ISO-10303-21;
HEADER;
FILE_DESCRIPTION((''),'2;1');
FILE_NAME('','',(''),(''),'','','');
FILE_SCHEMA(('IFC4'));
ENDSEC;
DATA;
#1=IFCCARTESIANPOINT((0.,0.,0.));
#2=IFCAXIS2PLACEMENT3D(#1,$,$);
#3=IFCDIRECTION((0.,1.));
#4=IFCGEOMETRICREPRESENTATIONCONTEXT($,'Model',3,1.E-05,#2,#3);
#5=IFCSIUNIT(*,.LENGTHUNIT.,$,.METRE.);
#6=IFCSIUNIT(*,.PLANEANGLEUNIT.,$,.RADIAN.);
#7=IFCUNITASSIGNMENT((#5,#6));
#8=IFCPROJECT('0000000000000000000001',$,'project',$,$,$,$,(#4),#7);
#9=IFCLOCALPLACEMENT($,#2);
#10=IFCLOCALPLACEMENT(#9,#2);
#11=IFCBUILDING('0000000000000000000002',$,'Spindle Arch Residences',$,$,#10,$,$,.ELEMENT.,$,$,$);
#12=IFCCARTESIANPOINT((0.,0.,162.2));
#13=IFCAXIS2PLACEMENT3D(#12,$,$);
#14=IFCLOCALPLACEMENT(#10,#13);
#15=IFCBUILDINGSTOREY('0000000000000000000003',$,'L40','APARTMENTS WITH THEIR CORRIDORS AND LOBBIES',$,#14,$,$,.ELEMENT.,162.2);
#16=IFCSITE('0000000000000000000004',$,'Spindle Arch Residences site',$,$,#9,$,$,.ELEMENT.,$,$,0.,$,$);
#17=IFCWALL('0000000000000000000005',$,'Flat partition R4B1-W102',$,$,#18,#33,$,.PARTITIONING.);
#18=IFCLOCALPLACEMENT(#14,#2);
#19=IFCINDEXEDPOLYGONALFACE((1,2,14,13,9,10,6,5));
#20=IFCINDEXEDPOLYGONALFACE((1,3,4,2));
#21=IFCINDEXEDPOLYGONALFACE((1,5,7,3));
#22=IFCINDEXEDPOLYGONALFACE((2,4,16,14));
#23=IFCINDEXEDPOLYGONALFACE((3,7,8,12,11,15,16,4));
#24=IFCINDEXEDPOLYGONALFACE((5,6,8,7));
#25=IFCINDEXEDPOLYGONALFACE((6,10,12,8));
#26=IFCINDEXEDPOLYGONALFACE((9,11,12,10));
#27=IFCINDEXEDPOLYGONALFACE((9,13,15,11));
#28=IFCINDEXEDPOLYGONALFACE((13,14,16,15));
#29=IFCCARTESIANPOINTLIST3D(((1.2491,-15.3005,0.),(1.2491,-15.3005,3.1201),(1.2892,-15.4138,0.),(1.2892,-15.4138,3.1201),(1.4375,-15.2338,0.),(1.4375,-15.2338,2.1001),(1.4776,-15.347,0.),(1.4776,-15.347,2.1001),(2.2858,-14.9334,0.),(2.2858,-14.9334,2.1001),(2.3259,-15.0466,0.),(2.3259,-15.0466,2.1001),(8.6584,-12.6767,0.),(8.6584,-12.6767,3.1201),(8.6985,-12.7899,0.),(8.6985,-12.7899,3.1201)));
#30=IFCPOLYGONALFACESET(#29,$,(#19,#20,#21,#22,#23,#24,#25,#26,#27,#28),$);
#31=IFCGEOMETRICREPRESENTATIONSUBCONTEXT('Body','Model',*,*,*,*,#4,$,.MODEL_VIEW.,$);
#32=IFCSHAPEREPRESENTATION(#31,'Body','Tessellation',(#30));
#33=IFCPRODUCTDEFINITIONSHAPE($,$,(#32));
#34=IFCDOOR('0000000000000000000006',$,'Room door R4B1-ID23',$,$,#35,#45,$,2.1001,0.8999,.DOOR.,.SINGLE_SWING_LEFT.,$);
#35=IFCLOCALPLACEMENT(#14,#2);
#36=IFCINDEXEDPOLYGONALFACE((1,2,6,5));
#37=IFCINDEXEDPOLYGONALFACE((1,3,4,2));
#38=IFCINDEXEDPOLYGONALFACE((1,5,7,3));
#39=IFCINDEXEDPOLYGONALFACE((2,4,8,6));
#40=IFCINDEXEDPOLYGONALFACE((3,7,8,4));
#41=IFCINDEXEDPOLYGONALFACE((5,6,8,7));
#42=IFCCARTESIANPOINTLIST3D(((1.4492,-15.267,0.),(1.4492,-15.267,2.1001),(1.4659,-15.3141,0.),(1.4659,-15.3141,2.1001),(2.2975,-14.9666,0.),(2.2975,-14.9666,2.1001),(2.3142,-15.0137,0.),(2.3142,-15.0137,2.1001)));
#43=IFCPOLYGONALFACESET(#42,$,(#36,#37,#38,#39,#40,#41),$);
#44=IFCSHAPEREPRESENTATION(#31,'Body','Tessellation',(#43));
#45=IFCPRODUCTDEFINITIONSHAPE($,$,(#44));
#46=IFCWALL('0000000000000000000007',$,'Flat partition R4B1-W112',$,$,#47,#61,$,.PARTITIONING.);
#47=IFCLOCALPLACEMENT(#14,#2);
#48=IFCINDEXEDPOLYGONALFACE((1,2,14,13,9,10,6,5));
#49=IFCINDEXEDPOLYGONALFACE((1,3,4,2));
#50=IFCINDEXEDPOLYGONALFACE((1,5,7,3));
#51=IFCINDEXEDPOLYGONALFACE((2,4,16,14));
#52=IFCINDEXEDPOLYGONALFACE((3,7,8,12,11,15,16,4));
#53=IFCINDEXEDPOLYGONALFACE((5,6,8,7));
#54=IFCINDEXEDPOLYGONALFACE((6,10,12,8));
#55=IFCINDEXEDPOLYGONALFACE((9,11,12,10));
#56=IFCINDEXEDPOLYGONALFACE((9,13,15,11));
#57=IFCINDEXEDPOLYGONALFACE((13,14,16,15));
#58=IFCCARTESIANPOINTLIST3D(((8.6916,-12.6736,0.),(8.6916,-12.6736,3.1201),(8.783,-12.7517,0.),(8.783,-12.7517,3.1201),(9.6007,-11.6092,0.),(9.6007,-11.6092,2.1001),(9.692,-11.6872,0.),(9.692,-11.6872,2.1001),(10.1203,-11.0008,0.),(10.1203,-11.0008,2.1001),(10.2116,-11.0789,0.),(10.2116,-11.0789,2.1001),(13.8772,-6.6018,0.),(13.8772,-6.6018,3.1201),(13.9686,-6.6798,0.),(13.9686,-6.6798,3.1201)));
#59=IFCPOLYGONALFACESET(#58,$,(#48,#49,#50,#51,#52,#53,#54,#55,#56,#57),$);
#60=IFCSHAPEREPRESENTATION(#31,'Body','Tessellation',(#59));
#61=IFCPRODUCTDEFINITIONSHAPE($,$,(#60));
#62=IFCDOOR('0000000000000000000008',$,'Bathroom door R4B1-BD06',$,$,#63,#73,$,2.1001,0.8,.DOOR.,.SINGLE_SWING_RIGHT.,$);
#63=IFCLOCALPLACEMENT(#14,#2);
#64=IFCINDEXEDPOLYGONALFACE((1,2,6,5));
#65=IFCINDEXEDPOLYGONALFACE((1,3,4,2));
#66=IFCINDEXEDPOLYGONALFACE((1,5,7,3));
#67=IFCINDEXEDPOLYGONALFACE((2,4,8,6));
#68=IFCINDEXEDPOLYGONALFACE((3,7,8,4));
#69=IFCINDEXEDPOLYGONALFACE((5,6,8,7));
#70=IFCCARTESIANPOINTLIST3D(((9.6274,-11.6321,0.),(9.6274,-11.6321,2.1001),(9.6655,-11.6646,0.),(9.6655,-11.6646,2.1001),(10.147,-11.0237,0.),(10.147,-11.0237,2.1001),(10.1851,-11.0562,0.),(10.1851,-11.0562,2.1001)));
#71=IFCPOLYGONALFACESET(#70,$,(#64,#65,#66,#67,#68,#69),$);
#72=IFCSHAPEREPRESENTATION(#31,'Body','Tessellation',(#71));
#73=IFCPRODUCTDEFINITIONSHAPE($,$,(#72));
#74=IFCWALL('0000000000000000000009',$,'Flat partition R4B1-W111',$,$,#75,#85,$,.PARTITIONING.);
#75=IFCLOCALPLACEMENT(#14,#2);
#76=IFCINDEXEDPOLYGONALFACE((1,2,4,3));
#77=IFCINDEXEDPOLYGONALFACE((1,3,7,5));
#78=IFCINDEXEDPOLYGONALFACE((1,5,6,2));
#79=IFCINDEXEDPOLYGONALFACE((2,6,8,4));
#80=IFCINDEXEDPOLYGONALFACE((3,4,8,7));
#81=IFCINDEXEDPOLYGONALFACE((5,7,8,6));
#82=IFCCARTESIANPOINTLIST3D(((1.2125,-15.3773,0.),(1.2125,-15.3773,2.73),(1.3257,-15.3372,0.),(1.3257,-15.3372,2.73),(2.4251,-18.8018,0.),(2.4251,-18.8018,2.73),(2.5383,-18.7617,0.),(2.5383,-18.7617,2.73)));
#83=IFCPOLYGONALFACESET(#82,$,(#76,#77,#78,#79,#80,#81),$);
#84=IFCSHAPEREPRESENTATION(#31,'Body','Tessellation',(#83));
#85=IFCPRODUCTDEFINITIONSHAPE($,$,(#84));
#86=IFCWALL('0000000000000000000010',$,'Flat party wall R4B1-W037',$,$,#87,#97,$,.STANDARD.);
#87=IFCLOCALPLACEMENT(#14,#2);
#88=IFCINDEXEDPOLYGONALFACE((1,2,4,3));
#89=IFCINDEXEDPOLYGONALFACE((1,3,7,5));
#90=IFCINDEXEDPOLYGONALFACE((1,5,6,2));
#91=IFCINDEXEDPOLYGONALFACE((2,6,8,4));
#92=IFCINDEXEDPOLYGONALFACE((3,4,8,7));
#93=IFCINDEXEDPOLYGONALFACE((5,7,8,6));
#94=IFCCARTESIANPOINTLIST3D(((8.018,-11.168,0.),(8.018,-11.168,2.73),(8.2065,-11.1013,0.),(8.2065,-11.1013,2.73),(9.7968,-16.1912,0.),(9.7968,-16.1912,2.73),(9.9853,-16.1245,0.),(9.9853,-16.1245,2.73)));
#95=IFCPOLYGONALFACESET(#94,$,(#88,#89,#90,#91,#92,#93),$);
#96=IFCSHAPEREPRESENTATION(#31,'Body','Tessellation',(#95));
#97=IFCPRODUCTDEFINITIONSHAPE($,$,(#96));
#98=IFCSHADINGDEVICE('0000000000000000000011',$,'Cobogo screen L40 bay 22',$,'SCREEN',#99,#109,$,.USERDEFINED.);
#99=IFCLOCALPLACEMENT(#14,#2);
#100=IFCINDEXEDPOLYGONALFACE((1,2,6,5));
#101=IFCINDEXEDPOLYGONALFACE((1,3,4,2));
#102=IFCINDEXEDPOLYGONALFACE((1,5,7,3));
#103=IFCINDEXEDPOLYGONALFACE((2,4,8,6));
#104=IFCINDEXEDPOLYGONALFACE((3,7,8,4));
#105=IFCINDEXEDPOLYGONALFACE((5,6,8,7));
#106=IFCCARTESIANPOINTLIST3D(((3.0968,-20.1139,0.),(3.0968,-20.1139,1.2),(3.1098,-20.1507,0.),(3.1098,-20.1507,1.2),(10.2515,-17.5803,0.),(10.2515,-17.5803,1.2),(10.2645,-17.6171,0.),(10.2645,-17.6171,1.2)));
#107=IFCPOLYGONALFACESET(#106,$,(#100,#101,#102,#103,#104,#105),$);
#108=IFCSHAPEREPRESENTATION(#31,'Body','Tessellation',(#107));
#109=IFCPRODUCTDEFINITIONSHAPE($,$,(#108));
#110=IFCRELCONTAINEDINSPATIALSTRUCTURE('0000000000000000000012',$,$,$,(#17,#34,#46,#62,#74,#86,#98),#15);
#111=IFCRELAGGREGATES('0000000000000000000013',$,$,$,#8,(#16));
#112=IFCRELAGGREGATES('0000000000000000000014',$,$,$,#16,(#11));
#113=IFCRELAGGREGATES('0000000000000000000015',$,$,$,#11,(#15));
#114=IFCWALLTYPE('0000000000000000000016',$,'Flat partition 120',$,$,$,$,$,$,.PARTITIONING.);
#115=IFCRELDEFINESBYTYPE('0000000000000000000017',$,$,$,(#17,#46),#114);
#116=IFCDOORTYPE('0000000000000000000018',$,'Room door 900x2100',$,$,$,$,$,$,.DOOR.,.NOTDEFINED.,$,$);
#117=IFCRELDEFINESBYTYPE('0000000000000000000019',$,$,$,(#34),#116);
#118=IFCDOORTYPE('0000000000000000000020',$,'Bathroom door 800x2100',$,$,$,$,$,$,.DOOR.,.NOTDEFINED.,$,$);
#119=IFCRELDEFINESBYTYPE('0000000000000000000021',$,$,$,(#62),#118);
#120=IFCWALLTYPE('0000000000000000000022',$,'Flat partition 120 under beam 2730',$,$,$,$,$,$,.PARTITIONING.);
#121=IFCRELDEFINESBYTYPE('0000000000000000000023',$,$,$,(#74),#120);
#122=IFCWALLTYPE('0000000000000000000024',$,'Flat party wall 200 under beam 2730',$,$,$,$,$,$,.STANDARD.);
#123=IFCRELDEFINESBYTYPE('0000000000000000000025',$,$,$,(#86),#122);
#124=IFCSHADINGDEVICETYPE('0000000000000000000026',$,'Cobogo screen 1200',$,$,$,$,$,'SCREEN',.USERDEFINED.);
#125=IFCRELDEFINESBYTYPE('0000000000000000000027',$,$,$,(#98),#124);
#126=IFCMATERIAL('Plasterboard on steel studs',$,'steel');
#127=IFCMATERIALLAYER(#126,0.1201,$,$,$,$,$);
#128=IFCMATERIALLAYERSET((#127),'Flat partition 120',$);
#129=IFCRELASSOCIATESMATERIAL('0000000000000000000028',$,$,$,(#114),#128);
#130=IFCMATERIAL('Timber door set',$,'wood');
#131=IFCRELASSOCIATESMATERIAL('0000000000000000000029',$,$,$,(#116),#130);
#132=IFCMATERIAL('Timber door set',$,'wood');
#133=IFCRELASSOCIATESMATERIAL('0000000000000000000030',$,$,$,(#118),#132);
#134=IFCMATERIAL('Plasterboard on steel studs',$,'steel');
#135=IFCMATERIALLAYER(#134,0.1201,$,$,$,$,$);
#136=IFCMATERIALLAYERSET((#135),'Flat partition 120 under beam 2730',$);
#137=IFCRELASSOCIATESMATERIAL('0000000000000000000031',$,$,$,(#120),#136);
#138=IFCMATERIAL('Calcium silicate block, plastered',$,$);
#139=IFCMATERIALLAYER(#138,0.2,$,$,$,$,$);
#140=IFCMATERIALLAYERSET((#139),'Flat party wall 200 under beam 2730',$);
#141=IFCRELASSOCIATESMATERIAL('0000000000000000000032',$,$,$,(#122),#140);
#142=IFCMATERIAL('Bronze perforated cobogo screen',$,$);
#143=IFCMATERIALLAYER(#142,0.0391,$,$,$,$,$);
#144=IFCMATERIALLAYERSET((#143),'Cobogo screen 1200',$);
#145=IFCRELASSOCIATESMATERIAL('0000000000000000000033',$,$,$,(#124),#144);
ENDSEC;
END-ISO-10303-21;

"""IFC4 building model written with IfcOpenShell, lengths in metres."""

from ifc_helpers import new_model, si_unit, direction, frame, frame_2d, origin, origin_2d, place, context, subcontext, project, spatial, rectangle, extrude, material, layer, layer_set, type_object, element, fill, save


model = new_model("IFC4")

# Units and contexts
model_context = context("Model", 3, precision=1e-05, world=origin(), true_north=direction((0.0, 1.0)))
body_context = subcontext(model_context, "Body", "Model", "MODEL_VIEW")
ifc_project = project(units=[si_unit("LENGTHUNIT", "METRE"), si_unit("PLANEANGLEUNIT", "RADIAN")], contexts=[model_context])

# Site, building, storey
site_placement = place(None, origin())
site = spatial("IfcSite", under=ifc_project, at=site_placement, Name="Spindle Arch Residences site", CompositionType="ELEMENT", RefElevation=0.0)
building_placement = place(site_placement, origin())
building = spatial("IfcBuilding", under=site, at=building_placement, Name="Spindle Arch Residences", CompositionType="ELEMENT")
storey_placement = place(building_placement, frame((0.0, 0.0, 162.2)))
storey = spatial("IfcBuildingStorey", under=building, at=storey_placement, Name="L40", Description="APARTMENTS WITH THEIR CORRIDORS AND LOBBIES", CompositionType="ELEMENT", Elevation=162.2)

# Walls, openings, doors
ifc_material_1 = material(Name="Plasterboard on steel studs", Category="steel")
ifc_layer_1 = layer(ifc_material_1, 0.1201)
ifc_layer_set_1 = layer_set([ifc_layer_1], Name="Flat partition 120")
wall_type_1 = type_object("IfcWallType", Name="Flat partition 120", PredefinedType="PARTITIONING", material=ifc_layer_set_1)
wall_1_placement = place(storey_placement, frame((1.269, -15.3572, 0.0), z_axis=(0.0, 0.0, 1.0), x_axis=(0.942639, 0.333813, 0.0)))
wall_1 = element("IfcWall", 1, at=wall_1_placement, inside=storey, type_object=wall_type_1, Name="Flat partition R4B1-W102", PredefinedType="PARTITIONING", context=body_context, shape_type="SweptSolid", body=[
    extrude(rectangle(XDim=7.8601, YDim=0.1201, at=frame_2d((3.9302, 0.0))), origin(), (0.0, 0.0, 1.0), 3.1201),
])
opening_1_placement = place(wall_1_placement, frame((0.2, 0.0, 0.0)))
opening_1 = element("IfcOpeningElement", 2, at=opening_1_placement, cuts=wall_1, PredefinedType="OPENING", context=body_context, shape_type="SweptSolid", body=[
    extrude(rectangle(XDim=0.8999, YDim=2.1001, at=frame_2d((0.45, 1.05))), frame((0.0, 0.0701, 0.0), z_axis=(0.0, -1.0, 0.0), x_axis=(1.0, 0.0, 0.0)), (0.0, 0.0, 1.0), 0.1401),
])
ifc_material_2 = material(Name="Timber door set", Category="wood")
door_type_1 = type_object("IfcDoorType", Name="Room door 900x2100", OperationType="NOTDEFINED", PredefinedType="DOOR", material=ifc_material_2)
door_1_placement = place(opening_1_placement, origin())
door_1 = element("IfcDoor", 3, at=door_1_placement, inside=storey, type_object=door_type_1, Name="Room door R4B1-ID23", OperationType="SINGLE_SWING_LEFT", OverallHeight=2.1001, OverallWidth=0.8999, PredefinedType="DOOR", context=body_context, shape_type="SweptSolid", body=[
    extrude(rectangle(XDim=0.8999, YDim=2.1001, at=frame_2d((0.45, 1.05))), frame((0.0, 0.0249, 0.0), z_axis=(0.0, -1.0, 0.0), x_axis=(1.0, 0.0, 0.0)), (0.0, 0.0, 1.0), 0.05),
])
fill(opening_1, door_1)
wall_2_placement = place(storey_placement, frame((8.7373, -12.7126, 0.0), z_axis=(0.0, 0.0, 1.0), x_axis=(0.649431, 0.760421, 0.0)))
wall_2 = element("IfcWall", 4, at=wall_2_placement, inside=storey, type_object=wall_type_1, Name="Flat partition R4B1-W112", PredefinedType="PARTITIONING", context=body_context, shape_type="SweptSolid", body=[
    extrude(rectangle(XDim=7.9849, YDim=0.1201, at=frame_2d((3.9924, 0.0))), origin(), (0.0, 0.0, 1.0), 3.1201),
])
opening_2_placement = place(wall_2_placement, frame((1.3999, 0.0, 0.0)))
opening_2 = element("IfcOpeningElement", 5, at=opening_2_placement, cuts=wall_2, PredefinedType="OPENING", context=body_context, shape_type="SweptSolid", body=[
    extrude(rectangle(XDim=0.8, YDim=2.1001, at=frame_2d((0.3999, 1.05))), frame((0.0, 0.0701, 0.0), z_axis=(0.0, -1.0, 0.0), x_axis=(1.0, 0.0, 0.0)), (0.0, 0.0, 1.0), 0.1401),
])
ifc_material_3 = material(Name="Timber door set", Category="wood")
door_type_2 = type_object("IfcDoorType", Name="Bathroom door 800x2100", OperationType="NOTDEFINED", PredefinedType="DOOR", material=ifc_material_3)
door_2_placement = place(opening_2_placement, origin())
door_2 = element("IfcDoor", 6, at=door_2_placement, inside=storey, type_object=door_type_2, Name="Bathroom door R4B1-BD06", OperationType="SINGLE_SWING_RIGHT", OverallHeight=2.1001, OverallWidth=0.8, PredefinedType="DOOR", context=body_context, shape_type="SweptSolid", body=[
    extrude(rectangle(XDim=0.8, YDim=2.1001, at=frame_2d((0.3999, 1.05))), frame((0.0, 0.0249, 0.0), z_axis=(0.0, -1.0, 0.0), x_axis=(1.0, 0.0, 0.0)), (0.0, 0.0, 1.0), 0.05),
])
fill(opening_2, door_2)

# Walls
ifc_material_4 = material(Name="Plasterboard on steel studs", Category="steel")
ifc_layer_2 = layer(ifc_material_4, 0.1201)
ifc_layer_set_2 = layer_set([ifc_layer_2], Name="Flat partition 120 under beam 2730")
wall_type_2 = type_object("IfcWallType", Name="Flat partition 120 under beam 2730", PredefinedType="PARTITIONING", material=ifc_layer_set_2)
wall_3_placement = place(storey_placement, frame((2.4817, -18.7817, 0.0), z_axis=(0.0, 0.0, 1.0), x_axis=(-0.333794, 0.942646, 0.0)))
element("IfcWall", 7, at=wall_3_placement, inside=storey, type_object=wall_type_2, Name="Flat partition R4B1-W111", PredefinedType="PARTITIONING", context=body_context, shape_type="SweptSolid", body=[
    extrude(rectangle(XDim=3.6328, YDim=0.1201, at=frame_2d((1.8164, 0.0))), origin(), (0.0, 0.0, 1.0), 2.73),
])
ifc_material_5 = material(Name="Calcium silicate block, plastered")
ifc_layer_3 = layer(ifc_material_5, 0.2)
ifc_layer_set_3 = layer_set([ifc_layer_3], Name="Flat party wall 200 under beam 2730")
wall_type_3 = type_object("IfcWallType", Name="Flat party wall 200 under beam 2730", PredefinedType="STANDARD", material=ifc_layer_set_3)
wall_4_placement = place(storey_placement, frame((9.8911, -16.158, 0.0), z_axis=(0.0, 0.0, 1.0), x_axis=(-0.333807, 0.942641, 0.0)))
element("IfcWall", 8, at=wall_4_placement, inside=storey, type_object=wall_type_3, Name="Flat party wall R4B1-W037", PredefinedType="STANDARD", context=body_context, shape_type="SweptSolid", body=[
    extrude(rectangle(XDim=5.3289, YDim=0.2, at=frame_2d((2.6646, 0.0))), origin(), (0.0, 0.0, 1.0), 2.73),
])

# Shading device
ifc_material_6 = material(Name="Bronze perforated cobogo screen")
ifc_layer_4 = layer(ifc_material_6, 0.0391)
ifc_layer_set_4 = layer_set([ifc_layer_4], Name="Cobogo screen 1200")
shading_device_type = type_object("IfcShadingDeviceType", Name="Cobogo screen 1200", ElementType="SCREEN", PredefinedType="USERDEFINED", material=ifc_layer_set_4)
shading_device_placement = place(storey_placement, frame((6.6807, -18.8655, 0.0), z_axis=(0.0, 0.0, 1.0), x_axis=(0.942641, 0.333807, 0.0)))
element("IfcShadingDevice", 9, at=shading_device_placement, inside=storey, type_object=shading_device_type, Name="Cobogo screen L40 bay 22", ObjectType="SCREEN", PredefinedType="USERDEFINED", context=body_context, shape_type="SweptSolid", body=[
    extrude(rectangle(XDim=7.5901, YDim=0.0391, at=origin_2d()), origin(), (0.0, 0.0, 1.0), 1.2),
])

save(model, "model.ifc")
